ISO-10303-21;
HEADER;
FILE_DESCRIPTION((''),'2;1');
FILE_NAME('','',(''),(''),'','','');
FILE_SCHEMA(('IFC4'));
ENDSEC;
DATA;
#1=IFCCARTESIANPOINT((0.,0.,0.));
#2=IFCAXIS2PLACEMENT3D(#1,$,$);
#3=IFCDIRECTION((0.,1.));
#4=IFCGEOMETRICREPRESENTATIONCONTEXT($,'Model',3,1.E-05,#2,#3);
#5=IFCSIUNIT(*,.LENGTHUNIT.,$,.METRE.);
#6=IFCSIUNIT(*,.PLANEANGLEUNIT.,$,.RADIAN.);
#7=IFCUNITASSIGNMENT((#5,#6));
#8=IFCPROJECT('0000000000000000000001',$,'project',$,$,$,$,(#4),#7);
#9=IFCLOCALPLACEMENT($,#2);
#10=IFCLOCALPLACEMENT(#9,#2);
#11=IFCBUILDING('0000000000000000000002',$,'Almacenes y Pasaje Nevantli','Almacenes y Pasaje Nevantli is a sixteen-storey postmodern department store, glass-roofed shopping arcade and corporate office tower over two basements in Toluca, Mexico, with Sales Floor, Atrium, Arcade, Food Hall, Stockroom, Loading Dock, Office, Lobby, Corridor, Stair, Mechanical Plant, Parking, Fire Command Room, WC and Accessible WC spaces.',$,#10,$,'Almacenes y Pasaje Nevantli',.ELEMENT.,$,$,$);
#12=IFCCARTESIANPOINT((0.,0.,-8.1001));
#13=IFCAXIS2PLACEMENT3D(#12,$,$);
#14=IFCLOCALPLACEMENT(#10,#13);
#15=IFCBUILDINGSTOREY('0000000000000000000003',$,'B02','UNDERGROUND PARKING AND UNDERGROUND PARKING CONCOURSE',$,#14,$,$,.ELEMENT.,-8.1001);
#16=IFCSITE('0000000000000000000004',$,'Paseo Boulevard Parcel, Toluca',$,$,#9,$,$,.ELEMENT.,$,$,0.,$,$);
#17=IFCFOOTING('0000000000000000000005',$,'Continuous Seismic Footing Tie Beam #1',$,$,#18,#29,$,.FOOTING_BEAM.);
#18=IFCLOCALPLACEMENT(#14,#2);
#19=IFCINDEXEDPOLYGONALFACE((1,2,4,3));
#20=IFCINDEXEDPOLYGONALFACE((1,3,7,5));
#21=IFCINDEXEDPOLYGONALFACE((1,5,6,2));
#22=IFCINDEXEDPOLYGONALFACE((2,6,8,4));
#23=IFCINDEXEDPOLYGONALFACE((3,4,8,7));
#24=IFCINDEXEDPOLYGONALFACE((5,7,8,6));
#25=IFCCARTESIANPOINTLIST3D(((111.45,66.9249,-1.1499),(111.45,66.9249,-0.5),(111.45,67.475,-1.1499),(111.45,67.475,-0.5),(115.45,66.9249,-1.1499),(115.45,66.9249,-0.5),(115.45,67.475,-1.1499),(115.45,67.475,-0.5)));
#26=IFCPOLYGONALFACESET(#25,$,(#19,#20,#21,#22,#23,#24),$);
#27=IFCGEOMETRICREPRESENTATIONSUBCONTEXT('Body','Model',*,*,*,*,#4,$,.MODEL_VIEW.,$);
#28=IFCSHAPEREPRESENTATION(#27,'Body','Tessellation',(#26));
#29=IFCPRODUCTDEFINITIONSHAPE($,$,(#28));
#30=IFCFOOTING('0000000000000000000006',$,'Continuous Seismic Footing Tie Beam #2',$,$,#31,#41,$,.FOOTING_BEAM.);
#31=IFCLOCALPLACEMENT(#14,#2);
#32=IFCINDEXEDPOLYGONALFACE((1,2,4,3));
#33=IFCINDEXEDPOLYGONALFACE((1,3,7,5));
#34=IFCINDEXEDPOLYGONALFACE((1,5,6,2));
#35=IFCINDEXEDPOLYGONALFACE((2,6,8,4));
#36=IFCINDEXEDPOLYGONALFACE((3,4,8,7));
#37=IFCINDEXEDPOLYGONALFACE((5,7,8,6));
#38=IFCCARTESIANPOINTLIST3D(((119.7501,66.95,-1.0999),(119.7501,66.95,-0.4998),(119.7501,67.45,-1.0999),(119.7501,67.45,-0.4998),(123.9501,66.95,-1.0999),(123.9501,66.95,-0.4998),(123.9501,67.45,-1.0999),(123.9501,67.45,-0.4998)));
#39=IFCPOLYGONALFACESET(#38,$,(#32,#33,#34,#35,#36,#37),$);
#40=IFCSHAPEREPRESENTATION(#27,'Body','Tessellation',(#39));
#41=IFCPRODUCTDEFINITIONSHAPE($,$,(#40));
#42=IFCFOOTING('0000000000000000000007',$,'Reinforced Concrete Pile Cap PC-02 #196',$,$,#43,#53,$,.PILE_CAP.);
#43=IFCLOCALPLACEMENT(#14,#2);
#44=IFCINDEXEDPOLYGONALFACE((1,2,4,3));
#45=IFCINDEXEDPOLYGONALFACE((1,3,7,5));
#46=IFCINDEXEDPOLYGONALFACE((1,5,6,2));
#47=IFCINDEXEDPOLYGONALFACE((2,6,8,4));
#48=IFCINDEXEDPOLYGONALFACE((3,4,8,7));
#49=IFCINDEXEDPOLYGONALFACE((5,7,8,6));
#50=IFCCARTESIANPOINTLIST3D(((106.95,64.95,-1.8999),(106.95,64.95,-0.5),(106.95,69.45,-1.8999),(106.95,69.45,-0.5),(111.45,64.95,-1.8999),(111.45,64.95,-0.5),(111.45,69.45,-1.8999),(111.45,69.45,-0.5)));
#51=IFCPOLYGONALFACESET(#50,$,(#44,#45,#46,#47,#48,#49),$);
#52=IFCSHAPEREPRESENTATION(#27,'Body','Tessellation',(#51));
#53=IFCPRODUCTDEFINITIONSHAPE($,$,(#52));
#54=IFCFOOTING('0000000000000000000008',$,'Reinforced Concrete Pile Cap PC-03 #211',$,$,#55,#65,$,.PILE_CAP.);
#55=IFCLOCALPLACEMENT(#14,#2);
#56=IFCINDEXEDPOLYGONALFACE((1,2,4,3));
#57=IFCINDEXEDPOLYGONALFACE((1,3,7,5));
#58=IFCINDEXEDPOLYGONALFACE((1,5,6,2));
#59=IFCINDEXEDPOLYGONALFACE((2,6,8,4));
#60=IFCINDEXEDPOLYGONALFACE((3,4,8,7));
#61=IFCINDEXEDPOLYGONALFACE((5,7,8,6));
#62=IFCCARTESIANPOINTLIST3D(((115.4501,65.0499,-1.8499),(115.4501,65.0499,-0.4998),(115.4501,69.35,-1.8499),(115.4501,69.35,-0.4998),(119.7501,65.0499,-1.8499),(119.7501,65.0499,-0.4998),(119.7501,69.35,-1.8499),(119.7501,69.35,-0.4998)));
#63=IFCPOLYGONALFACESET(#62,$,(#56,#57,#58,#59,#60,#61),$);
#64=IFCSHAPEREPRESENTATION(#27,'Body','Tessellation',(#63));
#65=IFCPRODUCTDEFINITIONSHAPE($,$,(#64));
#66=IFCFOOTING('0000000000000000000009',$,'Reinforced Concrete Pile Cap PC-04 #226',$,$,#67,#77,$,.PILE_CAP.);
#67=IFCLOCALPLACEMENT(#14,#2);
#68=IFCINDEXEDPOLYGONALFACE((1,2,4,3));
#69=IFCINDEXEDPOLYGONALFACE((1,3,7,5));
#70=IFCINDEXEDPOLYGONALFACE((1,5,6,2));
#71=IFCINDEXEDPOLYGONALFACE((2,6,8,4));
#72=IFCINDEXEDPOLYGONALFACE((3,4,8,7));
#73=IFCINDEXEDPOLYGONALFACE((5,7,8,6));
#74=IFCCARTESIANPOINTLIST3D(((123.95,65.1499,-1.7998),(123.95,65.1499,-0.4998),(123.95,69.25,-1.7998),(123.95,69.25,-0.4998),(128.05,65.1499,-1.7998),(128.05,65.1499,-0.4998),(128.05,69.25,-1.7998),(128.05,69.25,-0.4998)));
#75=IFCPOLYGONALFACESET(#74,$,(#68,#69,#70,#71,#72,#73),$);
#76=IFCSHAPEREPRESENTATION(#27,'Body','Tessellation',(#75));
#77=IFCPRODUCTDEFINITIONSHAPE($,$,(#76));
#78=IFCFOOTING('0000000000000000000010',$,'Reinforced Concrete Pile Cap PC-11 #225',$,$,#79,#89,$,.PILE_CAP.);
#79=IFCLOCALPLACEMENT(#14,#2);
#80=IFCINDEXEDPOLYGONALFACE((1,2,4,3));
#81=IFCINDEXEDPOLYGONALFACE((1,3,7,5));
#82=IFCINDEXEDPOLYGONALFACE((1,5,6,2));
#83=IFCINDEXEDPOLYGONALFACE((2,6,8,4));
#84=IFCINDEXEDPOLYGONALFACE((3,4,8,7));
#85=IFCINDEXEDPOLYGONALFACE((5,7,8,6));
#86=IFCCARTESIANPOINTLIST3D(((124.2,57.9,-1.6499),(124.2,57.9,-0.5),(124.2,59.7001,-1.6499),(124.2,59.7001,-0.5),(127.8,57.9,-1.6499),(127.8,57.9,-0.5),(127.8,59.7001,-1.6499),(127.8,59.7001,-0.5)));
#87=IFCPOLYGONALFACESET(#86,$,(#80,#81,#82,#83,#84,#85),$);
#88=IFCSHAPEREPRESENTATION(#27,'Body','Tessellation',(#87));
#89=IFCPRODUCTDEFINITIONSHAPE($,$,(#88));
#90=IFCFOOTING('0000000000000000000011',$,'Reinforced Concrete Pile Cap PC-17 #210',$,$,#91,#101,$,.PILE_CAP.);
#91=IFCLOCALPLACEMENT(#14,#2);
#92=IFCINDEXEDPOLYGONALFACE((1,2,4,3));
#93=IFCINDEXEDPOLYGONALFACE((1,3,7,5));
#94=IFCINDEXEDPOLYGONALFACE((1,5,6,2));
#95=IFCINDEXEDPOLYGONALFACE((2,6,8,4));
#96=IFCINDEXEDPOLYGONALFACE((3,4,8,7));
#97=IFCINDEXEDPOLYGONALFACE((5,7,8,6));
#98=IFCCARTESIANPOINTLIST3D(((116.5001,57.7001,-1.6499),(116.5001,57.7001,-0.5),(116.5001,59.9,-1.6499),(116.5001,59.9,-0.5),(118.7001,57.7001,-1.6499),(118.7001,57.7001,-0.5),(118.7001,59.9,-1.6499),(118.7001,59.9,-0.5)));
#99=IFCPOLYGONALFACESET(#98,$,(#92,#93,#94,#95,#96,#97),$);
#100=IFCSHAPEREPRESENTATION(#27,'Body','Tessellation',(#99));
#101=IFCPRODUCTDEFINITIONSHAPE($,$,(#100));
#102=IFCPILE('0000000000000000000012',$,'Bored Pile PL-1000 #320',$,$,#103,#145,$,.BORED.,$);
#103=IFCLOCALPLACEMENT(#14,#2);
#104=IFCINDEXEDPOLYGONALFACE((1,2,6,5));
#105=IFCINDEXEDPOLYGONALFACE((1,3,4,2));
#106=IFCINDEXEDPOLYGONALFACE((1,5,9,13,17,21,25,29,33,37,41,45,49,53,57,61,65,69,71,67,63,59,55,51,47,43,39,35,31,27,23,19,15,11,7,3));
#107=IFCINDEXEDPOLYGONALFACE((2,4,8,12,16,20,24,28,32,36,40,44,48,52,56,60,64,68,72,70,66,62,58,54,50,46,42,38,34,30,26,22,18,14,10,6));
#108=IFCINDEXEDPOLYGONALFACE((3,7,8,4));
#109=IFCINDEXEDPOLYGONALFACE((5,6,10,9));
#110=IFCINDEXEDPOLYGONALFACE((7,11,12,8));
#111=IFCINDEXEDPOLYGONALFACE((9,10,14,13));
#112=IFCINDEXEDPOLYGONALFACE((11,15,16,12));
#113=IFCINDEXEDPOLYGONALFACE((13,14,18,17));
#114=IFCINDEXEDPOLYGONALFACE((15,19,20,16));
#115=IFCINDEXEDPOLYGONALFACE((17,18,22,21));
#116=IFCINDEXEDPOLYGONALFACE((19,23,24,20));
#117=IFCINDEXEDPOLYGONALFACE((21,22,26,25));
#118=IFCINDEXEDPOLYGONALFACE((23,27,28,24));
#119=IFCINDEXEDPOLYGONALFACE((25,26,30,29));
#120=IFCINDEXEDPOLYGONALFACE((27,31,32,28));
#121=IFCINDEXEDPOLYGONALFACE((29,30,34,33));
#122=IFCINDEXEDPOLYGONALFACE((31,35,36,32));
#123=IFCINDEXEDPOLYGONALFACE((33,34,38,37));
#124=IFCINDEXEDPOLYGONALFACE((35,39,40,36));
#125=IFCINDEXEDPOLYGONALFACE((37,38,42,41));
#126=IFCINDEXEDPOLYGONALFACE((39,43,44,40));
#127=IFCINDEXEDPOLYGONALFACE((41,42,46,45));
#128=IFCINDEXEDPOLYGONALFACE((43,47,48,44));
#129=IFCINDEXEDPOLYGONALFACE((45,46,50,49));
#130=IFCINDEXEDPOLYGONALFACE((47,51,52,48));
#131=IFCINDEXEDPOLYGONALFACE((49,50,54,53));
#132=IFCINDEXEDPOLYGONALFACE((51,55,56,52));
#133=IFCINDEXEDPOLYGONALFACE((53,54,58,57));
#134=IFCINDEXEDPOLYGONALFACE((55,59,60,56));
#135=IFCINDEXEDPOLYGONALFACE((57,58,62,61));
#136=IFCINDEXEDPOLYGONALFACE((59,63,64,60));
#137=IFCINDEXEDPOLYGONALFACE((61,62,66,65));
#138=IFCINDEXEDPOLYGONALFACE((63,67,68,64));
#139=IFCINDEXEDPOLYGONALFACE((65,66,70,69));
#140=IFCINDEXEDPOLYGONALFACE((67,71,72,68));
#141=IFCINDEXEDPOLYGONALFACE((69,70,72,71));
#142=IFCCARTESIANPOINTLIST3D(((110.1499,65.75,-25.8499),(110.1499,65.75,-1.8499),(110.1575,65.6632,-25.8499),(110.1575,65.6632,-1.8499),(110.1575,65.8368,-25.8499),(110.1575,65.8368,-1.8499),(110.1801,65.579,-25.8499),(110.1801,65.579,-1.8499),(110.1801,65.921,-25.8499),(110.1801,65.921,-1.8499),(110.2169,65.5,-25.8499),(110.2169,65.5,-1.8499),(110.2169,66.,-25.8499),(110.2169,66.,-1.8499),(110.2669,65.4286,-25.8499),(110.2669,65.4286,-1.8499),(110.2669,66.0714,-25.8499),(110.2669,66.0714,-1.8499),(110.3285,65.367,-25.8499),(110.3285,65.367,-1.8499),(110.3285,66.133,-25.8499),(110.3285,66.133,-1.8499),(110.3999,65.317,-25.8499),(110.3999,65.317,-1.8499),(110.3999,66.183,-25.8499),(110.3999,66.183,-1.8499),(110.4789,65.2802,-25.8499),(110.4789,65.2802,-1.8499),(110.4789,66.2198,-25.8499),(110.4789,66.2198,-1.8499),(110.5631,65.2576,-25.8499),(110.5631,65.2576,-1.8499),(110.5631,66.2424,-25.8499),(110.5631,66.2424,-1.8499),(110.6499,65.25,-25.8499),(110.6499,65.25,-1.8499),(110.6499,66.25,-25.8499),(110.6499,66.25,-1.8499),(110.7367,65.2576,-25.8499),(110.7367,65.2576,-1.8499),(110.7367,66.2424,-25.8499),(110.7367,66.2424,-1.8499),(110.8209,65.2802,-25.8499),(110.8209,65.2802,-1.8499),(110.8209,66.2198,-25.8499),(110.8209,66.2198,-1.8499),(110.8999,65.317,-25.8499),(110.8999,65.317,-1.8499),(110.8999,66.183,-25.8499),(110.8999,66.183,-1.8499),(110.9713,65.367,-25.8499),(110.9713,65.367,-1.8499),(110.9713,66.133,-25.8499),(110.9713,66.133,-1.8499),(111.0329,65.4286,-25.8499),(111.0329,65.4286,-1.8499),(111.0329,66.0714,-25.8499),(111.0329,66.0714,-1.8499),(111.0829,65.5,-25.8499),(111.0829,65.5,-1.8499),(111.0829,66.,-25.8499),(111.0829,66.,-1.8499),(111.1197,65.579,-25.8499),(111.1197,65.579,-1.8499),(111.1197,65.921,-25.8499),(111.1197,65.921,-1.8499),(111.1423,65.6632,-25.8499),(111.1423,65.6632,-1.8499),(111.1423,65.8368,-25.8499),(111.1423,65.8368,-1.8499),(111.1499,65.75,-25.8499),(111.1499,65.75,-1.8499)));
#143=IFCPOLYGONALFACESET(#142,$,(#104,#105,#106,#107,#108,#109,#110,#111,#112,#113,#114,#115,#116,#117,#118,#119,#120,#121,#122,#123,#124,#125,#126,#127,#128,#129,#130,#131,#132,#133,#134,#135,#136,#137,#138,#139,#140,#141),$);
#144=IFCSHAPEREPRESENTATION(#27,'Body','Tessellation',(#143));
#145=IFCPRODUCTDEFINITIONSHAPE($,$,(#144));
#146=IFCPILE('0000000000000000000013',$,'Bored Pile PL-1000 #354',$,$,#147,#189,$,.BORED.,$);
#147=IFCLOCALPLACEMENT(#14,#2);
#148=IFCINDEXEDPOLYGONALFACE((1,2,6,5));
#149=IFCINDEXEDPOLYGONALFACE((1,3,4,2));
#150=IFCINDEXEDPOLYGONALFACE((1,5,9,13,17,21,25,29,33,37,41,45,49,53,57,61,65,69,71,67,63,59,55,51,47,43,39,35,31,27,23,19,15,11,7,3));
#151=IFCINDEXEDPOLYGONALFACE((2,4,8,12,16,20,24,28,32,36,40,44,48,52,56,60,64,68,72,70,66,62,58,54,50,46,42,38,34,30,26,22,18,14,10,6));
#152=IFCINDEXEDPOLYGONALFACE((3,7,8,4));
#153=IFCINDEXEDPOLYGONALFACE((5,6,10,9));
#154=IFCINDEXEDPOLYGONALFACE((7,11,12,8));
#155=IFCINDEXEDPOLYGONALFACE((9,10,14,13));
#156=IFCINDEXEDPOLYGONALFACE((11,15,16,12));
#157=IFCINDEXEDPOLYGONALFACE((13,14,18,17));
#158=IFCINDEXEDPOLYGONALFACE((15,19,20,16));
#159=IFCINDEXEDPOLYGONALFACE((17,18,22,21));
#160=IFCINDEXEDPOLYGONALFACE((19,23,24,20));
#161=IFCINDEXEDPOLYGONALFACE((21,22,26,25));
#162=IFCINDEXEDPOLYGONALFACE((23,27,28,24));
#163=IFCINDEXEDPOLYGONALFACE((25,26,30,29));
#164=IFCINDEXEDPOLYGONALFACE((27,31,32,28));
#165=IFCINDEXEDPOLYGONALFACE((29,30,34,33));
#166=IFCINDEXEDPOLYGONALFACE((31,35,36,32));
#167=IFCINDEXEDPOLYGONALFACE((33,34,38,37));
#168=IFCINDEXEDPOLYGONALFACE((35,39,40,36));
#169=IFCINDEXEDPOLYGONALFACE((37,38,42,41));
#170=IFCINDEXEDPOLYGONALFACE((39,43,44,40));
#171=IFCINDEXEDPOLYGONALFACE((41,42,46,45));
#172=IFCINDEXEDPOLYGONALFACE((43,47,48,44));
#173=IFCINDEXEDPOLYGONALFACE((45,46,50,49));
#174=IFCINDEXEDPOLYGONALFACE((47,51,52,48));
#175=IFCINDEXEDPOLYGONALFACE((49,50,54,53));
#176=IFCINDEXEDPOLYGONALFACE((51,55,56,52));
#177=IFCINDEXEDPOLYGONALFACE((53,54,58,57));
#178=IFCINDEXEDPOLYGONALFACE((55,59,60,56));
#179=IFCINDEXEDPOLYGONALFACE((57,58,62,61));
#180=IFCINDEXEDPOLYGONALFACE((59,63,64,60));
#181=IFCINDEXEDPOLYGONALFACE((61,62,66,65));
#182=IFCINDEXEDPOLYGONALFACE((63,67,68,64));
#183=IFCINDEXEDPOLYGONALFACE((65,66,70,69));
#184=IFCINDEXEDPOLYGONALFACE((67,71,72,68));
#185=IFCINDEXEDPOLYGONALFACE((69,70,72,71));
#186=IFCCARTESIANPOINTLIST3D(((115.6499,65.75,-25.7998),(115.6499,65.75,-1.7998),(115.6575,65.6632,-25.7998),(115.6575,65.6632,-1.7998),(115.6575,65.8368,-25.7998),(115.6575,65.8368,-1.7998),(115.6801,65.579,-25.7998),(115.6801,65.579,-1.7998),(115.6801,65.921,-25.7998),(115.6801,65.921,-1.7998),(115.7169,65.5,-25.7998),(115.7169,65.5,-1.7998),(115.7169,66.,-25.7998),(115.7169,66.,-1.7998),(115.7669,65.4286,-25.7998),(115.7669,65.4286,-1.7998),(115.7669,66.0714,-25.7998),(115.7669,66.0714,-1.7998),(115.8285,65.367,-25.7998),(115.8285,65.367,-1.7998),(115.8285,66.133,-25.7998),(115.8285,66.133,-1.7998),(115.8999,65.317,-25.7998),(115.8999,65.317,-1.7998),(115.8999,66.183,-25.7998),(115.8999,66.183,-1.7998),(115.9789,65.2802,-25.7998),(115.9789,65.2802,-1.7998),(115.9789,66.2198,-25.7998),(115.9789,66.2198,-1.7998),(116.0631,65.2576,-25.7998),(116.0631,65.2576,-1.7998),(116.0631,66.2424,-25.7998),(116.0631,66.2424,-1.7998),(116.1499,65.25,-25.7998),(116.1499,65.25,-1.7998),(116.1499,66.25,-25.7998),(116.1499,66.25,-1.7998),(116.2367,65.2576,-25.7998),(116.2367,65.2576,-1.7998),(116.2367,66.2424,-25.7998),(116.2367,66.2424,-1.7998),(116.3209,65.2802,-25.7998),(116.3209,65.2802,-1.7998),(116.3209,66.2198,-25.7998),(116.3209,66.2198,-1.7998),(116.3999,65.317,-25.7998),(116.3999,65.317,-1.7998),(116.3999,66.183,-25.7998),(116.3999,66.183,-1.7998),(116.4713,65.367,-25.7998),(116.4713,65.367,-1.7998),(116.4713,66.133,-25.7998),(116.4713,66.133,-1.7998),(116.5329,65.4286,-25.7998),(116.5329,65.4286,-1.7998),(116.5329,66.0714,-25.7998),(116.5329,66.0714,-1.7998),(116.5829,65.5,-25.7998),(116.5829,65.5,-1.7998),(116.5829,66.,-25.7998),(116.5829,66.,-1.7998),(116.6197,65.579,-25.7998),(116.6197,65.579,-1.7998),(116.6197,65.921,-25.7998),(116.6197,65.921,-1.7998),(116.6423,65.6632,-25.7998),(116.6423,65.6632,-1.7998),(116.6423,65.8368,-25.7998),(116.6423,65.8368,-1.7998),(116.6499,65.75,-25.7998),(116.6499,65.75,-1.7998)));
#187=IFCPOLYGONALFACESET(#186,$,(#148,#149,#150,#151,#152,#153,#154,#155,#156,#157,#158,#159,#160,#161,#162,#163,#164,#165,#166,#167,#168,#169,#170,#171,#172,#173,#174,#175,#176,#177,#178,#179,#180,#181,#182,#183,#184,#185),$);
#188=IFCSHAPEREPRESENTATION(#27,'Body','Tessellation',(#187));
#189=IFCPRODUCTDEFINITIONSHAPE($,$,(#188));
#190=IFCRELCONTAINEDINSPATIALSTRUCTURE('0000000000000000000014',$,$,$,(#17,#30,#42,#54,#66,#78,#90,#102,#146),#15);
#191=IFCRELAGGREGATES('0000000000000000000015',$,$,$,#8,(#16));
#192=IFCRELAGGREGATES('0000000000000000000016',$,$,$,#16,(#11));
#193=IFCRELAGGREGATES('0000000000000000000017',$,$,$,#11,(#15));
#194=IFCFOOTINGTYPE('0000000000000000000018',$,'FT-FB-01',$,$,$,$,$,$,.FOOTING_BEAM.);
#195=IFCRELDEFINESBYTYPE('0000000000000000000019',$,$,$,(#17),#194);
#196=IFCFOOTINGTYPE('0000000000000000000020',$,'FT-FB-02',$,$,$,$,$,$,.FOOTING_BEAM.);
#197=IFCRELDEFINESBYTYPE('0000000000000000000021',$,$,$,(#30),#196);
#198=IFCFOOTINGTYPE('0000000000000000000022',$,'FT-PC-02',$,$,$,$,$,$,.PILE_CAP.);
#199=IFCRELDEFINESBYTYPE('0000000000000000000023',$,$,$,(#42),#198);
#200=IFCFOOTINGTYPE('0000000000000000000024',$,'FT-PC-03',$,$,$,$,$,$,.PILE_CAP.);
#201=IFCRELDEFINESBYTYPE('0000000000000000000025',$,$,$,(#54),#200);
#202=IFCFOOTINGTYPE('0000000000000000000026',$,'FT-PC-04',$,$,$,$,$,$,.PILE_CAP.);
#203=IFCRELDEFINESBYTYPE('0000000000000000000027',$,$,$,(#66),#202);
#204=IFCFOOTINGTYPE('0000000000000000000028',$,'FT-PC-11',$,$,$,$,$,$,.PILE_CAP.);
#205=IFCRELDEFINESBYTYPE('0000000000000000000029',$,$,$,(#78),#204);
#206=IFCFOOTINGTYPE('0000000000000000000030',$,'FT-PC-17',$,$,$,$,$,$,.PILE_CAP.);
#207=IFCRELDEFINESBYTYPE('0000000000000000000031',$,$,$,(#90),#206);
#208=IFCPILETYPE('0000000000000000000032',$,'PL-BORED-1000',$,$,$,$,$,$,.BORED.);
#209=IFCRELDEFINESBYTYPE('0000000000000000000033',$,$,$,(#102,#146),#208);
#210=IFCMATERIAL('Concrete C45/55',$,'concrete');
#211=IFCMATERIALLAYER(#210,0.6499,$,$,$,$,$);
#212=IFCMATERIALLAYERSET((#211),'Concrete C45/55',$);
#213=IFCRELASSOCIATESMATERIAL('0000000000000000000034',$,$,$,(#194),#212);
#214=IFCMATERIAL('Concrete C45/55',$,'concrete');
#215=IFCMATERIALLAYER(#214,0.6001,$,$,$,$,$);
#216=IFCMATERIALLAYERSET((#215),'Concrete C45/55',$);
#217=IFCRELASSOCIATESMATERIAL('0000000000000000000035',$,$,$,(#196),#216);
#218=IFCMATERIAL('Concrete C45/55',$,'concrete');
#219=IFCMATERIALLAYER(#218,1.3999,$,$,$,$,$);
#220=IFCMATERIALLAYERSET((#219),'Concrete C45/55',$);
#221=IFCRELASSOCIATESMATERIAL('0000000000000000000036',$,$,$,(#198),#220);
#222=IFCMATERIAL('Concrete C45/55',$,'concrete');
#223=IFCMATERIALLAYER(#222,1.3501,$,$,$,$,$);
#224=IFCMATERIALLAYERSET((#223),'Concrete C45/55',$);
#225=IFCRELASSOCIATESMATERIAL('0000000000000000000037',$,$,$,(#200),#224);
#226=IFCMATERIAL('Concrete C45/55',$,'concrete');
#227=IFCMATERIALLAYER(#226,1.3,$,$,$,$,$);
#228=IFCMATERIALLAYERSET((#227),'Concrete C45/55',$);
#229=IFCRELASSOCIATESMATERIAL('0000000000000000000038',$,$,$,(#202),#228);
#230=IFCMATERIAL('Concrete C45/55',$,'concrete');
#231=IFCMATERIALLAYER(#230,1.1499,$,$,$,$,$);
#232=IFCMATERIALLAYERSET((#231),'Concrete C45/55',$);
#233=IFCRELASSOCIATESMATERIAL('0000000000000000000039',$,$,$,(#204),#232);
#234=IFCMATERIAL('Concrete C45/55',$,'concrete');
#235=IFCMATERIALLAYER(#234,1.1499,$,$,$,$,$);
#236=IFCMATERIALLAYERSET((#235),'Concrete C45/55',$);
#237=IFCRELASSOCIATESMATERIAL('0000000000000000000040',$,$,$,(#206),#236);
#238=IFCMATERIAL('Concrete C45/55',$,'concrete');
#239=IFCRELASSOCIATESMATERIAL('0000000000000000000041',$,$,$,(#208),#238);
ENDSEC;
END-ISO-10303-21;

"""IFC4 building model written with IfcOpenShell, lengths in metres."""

from ifc_helpers import new_model, si_unit, direction, frame, origin, origin_2d, place, context, subcontext, project, spatial, rectangle, circle, extrude, material, layer, layer_set, material_profile, profile_set, type_object, element, save


model = new_model("IFC4")

# Units and contexts
model_context = context("Model", 3, precision=1e-05, world=origin(), true_north=direction((0.0, 1.0)))
body_context = subcontext(model_context, "Body", "Model", "MODEL_VIEW")
ifc_project = project(units=[si_unit("LENGTHUNIT", "METRE"), si_unit("PLANEANGLEUNIT", "RADIAN")], contexts=[model_context])

# Site, building, storey
site_placement = place(None, origin())
site = spatial("IfcSite", under=ifc_project, at=site_placement, Name="Paseo Boulevard Parcel, Toluca", CompositionType="ELEMENT", RefElevation=0.0)
building_placement = place(site_placement, origin())
building = spatial("IfcBuilding", under=site, at=building_placement, Name="Almacenes y Pasaje Nevantli", Description="Almacenes y Pasaje Nevantli is a sixteen-storey postmodern department store, glass-roofed shopping arcade and corporate office tower over two basements in Toluca, Mexico, with Sales Floor, Atrium, Arcade, Food Hall, Stockroom, Loading Dock, Office, Lobby, Corridor, Stair, Mechanical Plant, Parking, Fire Command Room, WC and Accessible WC spaces.", LongName="Almacenes y Pasaje Nevantli", CompositionType="ELEMENT")
storey_placement = place(building_placement, frame((0.0, 0.0, -8.1001)))
storey = spatial("IfcBuildingStorey", under=building, at=storey_placement, Name="B02", Description="UNDERGROUND PARKING AND UNDERGROUND PARKING CONCOURSE", CompositionType="ELEMENT", Elevation=-8.1001)

# Footings
ifc_material_1 = material(Name="Concrete C45/55", Category="concrete")
ifc_layer_1 = layer(ifc_material_1, 0.6499)
ifc_layer_set_1 = layer_set([ifc_layer_1], Name="Concrete C45/55")
footing_type_1 = type_object("IfcFootingType", Name="FT-FB-01", PredefinedType="FOOTING_BEAM", material=ifc_layer_set_1)
footing_1_placement = place(storey_placement, frame((113.45, 67.2, -1.1499), z_axis=(0.0, 0.0, 1.0), x_axis=(1.0, 0.0, 0.0)))
element("IfcFooting", 1, at=footing_1_placement, inside=storey, type_object=footing_type_1, Name="Continuous Seismic Footing Tie Beam #1", PredefinedType="FOOTING_BEAM", context=body_context, shape_type="SweptSolid", body=[
    extrude(rectangle(XDim=4.0, YDim=0.55, at=origin_2d()), origin(), (0.0, 0.0, 1.0), 0.6499),
])
ifc_material_2 = material(Name="Concrete C45/55", Category="concrete")
ifc_layer_2 = layer(ifc_material_2, 0.6001)
ifc_layer_set_2 = layer_set([ifc_layer_2], Name="Concrete C45/55")
footing_type_2 = type_object("IfcFootingType", Name="FT-FB-02", PredefinedType="FOOTING_BEAM", material=ifc_layer_set_2)
footing_2_placement = place(storey_placement, frame((121.8501, 67.2, -1.0999), z_axis=(0.0, 0.0, 1.0), x_axis=(1.0, 0.0, 0.0)))
element("IfcFooting", 2, at=footing_2_placement, inside=storey, type_object=footing_type_2, Name="Continuous Seismic Footing Tie Beam #2", PredefinedType="FOOTING_BEAM", context=body_context, shape_type="SweptSolid", body=[
    extrude(rectangle(XDim=4.2, YDim=0.5, at=origin_2d()), origin(), (0.0, 0.0, 1.0), 0.6001),
])
ifc_material_3 = material(Name="Concrete C45/55", Category="concrete")
ifc_layer_3 = layer(ifc_material_3, 1.3999)
ifc_layer_set_3 = layer_set([ifc_layer_3], Name="Concrete C45/55")
footing_type_3 = type_object("IfcFootingType", Name="FT-PC-02", PredefinedType="PILE_CAP", material=ifc_layer_set_3)
footing_3_placement = place(storey_placement, frame((109.2, 67.2, -1.8999), z_axis=(0.0, 0.0, 1.0), x_axis=(1.0, 0.0, 0.0)))
element("IfcFooting", 3, at=footing_3_placement, inside=storey, type_object=footing_type_3, Name="Reinforced Concrete Pile Cap PC-02 #196", PredefinedType="PILE_CAP", context=body_context, shape_type="SweptSolid", body=[
    extrude(rectangle(XDim=4.5, YDim=4.5, at=origin_2d()), origin(), (0.0, 0.0, 1.0), 1.3999),
])
ifc_material_4 = material(Name="Concrete C45/55", Category="concrete")
ifc_layer_4 = layer(ifc_material_4, 1.3501)
ifc_layer_set_4 = layer_set([ifc_layer_4], Name="Concrete C45/55")
footing_type_4 = type_object("IfcFootingType", Name="FT-PC-03", PredefinedType="PILE_CAP", material=ifc_layer_set_4)
footing_4_placement = place(storey_placement, frame((117.6001, 67.2, -1.8499), z_axis=(0.0, 0.0, 1.0), x_axis=(1.0, 0.0, 0.0)))
element("IfcFooting", 4, at=footing_4_placement, inside=storey, type_object=footing_type_4, Name="Reinforced Concrete Pile Cap PC-03 #211", PredefinedType="PILE_CAP", context=body_context, shape_type="SweptSolid", body=[
    extrude(rectangle(XDim=4.3, YDim=4.3, at=origin_2d()), origin(), (0.0, 0.0, 1.0), 1.3501),
])
ifc_material_5 = material(Name="Concrete C45/55", Category="concrete")
ifc_layer_5 = layer(ifc_material_5, 1.3)
ifc_layer_set_5 = layer_set([ifc_layer_5], Name="Concrete C45/55")
footing_type_5 = type_object("IfcFootingType", Name="FT-PC-04", PredefinedType="PILE_CAP", material=ifc_layer_set_5)
footing_5_placement = place(storey_placement, frame((126.0, 67.2, -1.7998), z_axis=(0.0, 0.0, 1.0), x_axis=(1.0, 0.0, 0.0)))
element("IfcFooting", 5, at=footing_5_placement, inside=storey, type_object=footing_type_5, Name="Reinforced Concrete Pile Cap PC-04 #226", PredefinedType="PILE_CAP", context=body_context, shape_type="SweptSolid", body=[
    extrude(rectangle(XDim=4.1001, YDim=4.1001, at=origin_2d()), origin(), (0.0, 0.0, 1.0), 1.3),
])
ifc_material_6 = material(Name="Concrete C45/55", Category="concrete")
ifc_layer_6 = layer(ifc_material_6, 1.1499)
ifc_layer_set_6 = layer_set([ifc_layer_6], Name="Concrete C45/55")
footing_type_6 = type_object("IfcFootingType", Name="FT-PC-11", PredefinedType="PILE_CAP", material=ifc_layer_set_6)
footing_6_placement = place(storey_placement, frame((126.0, 58.8, -1.6499), z_axis=(0.0, 0.0, 1.0), x_axis=(1.0, 0.0, 0.0)))
element("IfcFooting", 6, at=footing_6_placement, inside=storey, type_object=footing_type_6, Name="Reinforced Concrete Pile Cap PC-11 #225", PredefinedType="PILE_CAP", context=body_context, shape_type="SweptSolid", body=[
    extrude(rectangle(XDim=3.6001, YDim=1.8, at=origin_2d()), origin(), (0.0, 0.0, 1.0), 1.1499),
])
ifc_material_7 = material(Name="Concrete C45/55", Category="concrete")
ifc_layer_7 = layer(ifc_material_7, 1.1499)
ifc_layer_set_7 = layer_set([ifc_layer_7], Name="Concrete C45/55")
footing_type_7 = type_object("IfcFootingType", Name="FT-PC-17", PredefinedType="PILE_CAP", material=ifc_layer_set_7)
footing_7_placement = place(storey_placement, frame((117.6001, 58.8, -1.6499), z_axis=(0.0, 0.0, 1.0), x_axis=(1.0, 0.0, 0.0)))
element("IfcFooting", 7, at=footing_7_placement, inside=storey, type_object=footing_type_7, Name="Reinforced Concrete Pile Cap PC-17 #210", PredefinedType="PILE_CAP", context=body_context, shape_type="SweptSolid", body=[
    extrude(rectangle(XDim=2.2, YDim=2.2, at=origin_2d()), origin(), (0.0, 0.0, 1.0), 1.1499),
])

# Piles
ifc_material_8 = material(Name="Concrete C45/55", Category="concrete")
ifc_material_profile_1 = material_profile(ifc_material_8, circle(Radius=0.5, at=origin_2d()), Name="RC-PILE-D1000")
ifc_profile_set_1 = profile_set([ifc_material_profile_1], Name="Concrete C45/55")
pile_type_1 = type_object("IfcPileType", Name="PL-BORED-1000", PredefinedType="BORED", material=ifc_profile_set_1)
for number, where, z_axis, x_axis, name in (
    (8, (110.6499, 65.75, -1.8499), (0.0, 0.0, -1.0), (1.0, 0.0, 0.0), "Bored Pile PL-1000 #320"),
    (9, (116.1499, 65.75, -1.7998), (0.0, 0.0, -1.0), (1.0, 0.0, 0.0), "Bored Pile PL-1000 #354"),
):
    element("IfcPile", number, at=place(storey_placement, frame(where, z_axis=z_axis, x_axis=x_axis)), inside=storey, type_object=pile_type_1, Name=name, PredefinedType="BORED", context=body_context, shape_type="SweptSolid", body=[
        extrude(circle(Radius=0.5, at=origin_2d()), origin(), (0.0, 0.0, 1.0), 24.0),
    ])

save(model, "model.ifc")
